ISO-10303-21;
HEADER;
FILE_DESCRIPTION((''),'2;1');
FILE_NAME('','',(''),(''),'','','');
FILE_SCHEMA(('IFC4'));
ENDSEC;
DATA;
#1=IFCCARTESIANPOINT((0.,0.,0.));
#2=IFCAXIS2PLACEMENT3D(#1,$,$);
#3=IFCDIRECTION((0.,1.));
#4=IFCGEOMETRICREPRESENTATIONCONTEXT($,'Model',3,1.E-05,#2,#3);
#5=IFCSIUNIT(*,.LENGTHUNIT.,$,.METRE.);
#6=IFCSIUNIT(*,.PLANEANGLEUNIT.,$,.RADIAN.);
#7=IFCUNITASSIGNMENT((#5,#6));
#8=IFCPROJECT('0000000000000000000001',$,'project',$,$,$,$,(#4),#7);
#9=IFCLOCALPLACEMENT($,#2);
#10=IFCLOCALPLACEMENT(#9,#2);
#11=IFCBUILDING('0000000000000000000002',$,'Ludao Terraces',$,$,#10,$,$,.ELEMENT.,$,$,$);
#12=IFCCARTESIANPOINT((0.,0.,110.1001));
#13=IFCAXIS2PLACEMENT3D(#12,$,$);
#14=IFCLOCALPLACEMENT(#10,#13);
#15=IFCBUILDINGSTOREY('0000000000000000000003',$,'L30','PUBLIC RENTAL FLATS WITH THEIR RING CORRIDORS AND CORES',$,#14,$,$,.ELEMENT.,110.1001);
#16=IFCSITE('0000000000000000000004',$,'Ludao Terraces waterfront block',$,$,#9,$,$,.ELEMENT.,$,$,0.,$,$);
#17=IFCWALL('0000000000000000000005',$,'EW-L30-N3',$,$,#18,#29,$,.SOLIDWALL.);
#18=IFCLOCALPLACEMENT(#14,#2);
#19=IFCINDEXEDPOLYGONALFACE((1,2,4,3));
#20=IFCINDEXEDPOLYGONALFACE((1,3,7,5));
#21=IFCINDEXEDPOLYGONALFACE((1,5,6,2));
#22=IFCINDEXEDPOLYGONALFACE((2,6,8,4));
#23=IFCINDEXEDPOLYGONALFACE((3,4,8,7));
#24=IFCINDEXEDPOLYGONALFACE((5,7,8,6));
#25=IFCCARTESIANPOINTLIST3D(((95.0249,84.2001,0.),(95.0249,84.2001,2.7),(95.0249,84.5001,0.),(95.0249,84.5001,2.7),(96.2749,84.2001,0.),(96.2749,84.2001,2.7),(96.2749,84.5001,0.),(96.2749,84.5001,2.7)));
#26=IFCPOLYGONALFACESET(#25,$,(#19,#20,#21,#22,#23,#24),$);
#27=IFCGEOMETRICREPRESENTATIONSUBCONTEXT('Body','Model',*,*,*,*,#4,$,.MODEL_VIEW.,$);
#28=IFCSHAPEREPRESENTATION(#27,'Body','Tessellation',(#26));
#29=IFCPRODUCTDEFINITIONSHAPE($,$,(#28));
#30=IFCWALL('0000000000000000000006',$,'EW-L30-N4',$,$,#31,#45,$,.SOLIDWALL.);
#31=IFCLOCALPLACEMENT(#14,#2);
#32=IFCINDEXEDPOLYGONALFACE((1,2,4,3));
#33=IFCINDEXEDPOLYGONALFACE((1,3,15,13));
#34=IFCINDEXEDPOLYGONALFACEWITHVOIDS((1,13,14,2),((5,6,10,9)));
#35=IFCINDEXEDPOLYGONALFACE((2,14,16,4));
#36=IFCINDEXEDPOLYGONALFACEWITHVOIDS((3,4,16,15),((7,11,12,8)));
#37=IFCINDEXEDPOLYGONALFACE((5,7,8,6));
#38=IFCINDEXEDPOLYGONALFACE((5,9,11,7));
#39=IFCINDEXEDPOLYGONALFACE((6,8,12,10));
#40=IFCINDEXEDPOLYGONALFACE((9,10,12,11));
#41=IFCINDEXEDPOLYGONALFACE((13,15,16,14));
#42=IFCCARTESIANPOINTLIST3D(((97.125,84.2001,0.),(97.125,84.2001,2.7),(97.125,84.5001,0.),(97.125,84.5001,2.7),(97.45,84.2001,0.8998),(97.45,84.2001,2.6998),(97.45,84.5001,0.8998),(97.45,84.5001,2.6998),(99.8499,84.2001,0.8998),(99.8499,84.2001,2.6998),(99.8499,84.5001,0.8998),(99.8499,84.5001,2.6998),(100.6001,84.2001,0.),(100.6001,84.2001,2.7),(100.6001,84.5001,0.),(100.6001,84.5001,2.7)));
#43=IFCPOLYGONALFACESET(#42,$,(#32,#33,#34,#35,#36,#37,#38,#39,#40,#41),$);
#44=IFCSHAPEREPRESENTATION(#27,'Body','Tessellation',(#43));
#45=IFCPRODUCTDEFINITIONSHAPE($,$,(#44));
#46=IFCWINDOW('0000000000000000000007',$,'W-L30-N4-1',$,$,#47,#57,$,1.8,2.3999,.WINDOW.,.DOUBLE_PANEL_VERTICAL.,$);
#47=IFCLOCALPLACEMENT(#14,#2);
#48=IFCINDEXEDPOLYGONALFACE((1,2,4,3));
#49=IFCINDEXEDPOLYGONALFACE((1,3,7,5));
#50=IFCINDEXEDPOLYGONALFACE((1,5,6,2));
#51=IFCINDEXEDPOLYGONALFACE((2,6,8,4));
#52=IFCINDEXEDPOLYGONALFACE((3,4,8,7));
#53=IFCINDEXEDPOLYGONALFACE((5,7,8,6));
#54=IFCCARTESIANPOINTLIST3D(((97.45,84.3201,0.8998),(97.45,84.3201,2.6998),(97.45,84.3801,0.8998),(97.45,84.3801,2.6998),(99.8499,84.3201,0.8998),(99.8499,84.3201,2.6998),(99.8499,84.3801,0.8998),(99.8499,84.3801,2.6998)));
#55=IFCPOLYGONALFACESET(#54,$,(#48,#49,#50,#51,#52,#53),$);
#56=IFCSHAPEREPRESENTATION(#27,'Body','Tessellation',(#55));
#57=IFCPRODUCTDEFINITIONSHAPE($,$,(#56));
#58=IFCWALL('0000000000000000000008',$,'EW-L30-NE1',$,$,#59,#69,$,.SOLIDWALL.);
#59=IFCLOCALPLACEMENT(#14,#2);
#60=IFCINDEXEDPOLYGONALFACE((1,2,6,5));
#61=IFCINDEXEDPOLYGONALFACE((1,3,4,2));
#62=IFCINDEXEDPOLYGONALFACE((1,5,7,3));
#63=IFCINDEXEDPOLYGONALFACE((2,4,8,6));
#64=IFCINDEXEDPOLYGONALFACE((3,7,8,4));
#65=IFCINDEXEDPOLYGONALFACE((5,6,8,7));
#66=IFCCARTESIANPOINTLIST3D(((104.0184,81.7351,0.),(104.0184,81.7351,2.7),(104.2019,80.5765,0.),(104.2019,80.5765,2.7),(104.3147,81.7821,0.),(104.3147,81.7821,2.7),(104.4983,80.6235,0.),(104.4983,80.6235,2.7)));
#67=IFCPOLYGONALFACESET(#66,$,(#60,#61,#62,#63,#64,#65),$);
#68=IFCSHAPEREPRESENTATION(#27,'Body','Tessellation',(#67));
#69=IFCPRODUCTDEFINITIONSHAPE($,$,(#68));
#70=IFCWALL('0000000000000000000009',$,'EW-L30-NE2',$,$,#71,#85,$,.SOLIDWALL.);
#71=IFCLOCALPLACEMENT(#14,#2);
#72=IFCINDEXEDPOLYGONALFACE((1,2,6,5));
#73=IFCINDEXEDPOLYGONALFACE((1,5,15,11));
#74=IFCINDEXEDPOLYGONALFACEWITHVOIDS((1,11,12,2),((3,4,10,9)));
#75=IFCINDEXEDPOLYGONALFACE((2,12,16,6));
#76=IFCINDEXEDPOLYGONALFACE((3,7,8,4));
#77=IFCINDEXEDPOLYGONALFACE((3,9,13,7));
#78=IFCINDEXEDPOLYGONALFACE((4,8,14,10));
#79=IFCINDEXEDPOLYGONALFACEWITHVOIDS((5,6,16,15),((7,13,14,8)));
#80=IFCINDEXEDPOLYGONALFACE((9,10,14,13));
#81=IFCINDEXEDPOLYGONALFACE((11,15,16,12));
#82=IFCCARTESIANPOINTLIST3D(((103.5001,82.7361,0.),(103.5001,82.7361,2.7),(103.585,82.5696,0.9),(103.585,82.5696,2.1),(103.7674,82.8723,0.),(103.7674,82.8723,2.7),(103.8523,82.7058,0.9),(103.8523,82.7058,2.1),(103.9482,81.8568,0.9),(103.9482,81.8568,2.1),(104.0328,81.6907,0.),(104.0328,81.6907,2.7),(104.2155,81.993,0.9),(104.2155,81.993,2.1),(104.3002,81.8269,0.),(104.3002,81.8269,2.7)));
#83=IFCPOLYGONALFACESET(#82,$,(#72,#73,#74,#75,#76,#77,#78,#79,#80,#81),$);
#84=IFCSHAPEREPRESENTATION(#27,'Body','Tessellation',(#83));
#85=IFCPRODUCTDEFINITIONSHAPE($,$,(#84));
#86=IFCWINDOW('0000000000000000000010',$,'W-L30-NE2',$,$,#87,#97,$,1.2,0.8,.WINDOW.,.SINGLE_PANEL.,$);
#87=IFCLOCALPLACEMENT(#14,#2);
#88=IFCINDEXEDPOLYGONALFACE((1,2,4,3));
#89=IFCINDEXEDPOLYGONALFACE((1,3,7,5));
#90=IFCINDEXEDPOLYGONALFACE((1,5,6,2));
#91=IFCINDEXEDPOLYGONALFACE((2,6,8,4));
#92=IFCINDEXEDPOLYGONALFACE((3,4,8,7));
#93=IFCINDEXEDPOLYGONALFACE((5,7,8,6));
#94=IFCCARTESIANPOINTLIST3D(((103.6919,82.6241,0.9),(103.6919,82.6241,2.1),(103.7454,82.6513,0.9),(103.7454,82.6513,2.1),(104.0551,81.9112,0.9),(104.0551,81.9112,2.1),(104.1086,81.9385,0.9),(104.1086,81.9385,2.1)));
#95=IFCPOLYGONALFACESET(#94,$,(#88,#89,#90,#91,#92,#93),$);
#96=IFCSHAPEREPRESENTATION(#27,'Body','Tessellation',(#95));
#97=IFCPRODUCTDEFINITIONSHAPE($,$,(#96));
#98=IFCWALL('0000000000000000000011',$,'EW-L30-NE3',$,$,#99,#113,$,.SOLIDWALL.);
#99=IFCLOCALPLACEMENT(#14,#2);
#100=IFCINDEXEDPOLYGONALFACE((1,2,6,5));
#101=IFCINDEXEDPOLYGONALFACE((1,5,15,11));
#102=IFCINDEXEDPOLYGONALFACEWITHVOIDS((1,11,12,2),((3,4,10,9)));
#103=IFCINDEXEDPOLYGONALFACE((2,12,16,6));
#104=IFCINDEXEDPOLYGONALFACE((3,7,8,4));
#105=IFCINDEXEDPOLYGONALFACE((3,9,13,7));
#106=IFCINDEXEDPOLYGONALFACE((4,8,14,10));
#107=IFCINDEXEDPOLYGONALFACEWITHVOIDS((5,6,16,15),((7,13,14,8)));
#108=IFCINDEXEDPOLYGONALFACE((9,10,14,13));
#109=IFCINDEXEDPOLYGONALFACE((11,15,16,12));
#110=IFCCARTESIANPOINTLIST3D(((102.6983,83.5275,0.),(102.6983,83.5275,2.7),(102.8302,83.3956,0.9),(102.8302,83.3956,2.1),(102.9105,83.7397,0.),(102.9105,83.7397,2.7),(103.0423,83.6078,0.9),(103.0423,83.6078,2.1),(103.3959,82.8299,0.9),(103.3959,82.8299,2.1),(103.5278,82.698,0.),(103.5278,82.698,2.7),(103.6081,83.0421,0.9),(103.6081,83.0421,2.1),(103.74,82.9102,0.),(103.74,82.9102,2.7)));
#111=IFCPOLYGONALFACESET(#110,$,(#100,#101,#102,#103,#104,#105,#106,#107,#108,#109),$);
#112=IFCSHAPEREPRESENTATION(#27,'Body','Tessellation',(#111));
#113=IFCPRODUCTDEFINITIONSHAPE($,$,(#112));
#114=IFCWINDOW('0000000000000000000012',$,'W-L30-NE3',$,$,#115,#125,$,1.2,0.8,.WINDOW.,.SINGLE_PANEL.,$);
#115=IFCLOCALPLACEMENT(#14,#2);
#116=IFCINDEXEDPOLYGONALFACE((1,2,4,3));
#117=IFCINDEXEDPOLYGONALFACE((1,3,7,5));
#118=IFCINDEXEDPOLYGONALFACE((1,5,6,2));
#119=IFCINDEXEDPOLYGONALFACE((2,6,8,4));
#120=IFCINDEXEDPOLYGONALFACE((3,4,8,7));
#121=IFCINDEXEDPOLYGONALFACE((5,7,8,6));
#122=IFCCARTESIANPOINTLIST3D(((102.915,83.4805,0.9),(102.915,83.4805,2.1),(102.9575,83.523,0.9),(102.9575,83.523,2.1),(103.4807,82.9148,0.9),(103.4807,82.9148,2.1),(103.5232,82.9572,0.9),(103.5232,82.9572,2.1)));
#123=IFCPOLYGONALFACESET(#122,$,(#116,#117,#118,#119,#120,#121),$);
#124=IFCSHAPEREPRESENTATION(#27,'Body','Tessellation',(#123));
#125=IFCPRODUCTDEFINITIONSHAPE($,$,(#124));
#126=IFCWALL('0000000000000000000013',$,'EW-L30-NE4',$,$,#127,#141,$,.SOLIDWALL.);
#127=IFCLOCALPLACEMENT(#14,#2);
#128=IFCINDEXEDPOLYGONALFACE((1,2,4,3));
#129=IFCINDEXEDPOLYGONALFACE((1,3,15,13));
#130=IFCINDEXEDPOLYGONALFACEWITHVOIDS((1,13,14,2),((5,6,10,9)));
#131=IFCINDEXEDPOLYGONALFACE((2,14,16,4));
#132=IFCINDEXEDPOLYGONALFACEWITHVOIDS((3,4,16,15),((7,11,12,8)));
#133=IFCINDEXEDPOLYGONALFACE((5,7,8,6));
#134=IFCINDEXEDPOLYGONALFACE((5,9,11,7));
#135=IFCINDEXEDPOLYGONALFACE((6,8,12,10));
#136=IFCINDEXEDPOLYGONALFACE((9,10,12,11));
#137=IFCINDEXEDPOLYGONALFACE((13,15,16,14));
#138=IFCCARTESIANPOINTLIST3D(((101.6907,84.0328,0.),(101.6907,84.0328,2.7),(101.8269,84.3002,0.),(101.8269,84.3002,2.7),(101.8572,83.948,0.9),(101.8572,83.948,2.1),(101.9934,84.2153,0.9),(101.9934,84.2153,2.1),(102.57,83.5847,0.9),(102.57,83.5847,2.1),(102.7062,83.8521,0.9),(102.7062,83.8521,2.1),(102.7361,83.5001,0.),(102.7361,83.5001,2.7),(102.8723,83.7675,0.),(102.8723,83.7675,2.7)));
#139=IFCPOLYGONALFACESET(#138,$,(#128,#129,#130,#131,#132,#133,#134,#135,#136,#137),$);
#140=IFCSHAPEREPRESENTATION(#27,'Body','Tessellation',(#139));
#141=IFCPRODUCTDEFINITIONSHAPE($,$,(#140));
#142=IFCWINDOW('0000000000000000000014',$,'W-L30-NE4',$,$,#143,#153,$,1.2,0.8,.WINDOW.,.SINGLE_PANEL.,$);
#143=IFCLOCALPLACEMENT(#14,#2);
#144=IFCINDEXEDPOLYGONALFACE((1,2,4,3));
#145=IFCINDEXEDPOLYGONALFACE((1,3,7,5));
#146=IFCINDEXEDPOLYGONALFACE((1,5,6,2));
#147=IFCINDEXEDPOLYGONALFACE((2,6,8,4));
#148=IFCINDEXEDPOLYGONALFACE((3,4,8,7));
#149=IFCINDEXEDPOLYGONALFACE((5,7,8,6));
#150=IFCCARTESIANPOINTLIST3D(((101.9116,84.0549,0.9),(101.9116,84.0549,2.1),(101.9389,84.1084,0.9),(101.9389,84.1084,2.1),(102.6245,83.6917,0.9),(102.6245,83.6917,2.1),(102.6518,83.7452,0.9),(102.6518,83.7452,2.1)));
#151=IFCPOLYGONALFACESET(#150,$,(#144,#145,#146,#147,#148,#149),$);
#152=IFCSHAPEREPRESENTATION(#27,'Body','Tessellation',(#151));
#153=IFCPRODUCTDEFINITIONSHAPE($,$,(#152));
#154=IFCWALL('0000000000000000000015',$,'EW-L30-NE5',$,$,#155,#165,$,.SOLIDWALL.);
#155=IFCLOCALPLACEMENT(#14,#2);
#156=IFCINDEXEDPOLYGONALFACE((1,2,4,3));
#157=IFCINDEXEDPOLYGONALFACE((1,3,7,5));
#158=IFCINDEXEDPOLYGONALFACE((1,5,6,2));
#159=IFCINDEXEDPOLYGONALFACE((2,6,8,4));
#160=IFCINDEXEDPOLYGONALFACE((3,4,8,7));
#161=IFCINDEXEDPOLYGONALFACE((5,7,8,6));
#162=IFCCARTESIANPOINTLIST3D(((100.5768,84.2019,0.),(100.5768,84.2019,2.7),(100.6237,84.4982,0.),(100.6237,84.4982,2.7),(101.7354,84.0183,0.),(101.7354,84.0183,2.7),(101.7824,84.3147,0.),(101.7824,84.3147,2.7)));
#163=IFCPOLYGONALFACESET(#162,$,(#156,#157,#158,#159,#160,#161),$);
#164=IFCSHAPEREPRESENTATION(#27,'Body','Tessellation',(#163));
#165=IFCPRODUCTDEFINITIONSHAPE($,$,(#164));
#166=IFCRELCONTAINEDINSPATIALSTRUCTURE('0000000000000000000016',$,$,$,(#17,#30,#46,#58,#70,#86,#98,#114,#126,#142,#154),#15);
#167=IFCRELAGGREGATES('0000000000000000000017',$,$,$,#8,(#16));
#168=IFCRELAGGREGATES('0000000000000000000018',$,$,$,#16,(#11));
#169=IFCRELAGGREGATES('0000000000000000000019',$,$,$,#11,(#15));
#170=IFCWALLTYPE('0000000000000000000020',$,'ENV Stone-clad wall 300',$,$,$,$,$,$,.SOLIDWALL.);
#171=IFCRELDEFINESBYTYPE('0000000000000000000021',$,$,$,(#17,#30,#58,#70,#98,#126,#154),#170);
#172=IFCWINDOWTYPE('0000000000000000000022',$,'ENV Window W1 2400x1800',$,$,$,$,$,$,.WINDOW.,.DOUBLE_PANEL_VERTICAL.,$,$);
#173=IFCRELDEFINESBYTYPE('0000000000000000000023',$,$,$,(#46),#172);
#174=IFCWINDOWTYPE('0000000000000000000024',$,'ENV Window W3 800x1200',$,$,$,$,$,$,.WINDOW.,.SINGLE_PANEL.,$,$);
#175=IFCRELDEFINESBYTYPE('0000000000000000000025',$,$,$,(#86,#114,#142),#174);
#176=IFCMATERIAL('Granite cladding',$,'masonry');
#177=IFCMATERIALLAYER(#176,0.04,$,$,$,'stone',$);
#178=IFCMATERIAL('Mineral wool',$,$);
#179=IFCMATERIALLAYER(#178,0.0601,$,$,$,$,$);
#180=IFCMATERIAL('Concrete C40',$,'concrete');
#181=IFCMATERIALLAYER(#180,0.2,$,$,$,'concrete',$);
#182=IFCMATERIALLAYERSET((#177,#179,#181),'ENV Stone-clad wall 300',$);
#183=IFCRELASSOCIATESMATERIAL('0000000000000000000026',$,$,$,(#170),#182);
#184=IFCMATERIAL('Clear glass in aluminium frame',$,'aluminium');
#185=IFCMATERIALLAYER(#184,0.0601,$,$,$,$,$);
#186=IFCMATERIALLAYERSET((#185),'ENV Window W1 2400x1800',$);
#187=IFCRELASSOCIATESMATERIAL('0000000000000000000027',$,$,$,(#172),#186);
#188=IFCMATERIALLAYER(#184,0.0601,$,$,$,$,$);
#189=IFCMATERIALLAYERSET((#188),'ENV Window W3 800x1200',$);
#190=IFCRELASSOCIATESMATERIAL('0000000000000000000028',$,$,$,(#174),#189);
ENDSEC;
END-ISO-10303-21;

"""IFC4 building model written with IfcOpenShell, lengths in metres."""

from ifc_helpers import new_model, si_unit, direction, frame, frame_2d, origin, place, context, subcontext, project, spatial, rectangle, extrude, material, layer, layer_set, type_object, element, fill, save


model = new_model("IFC4")

# Units and contexts
model_context = context("Model", 3, precision=1e-05, world=origin(), true_north=direction((0.0, 1.0)))
body_context = subcontext(model_context, "Body", "Model", "MODEL_VIEW")
ifc_project = project(units=[si_unit("LENGTHUNIT", "METRE"), si_unit("PLANEANGLEUNIT", "RADIAN")], contexts=[model_context])

# Site, building, storey
site_placement = place(None, origin())
site = spatial("IfcSite", under=ifc_project, at=site_placement, Name="Ludao Terraces waterfront block", CompositionType="ELEMENT", RefElevation=0.0)
building_placement = place(site_placement, origin())
building = spatial("IfcBuilding", under=site, at=building_placement, Name="Ludao Terraces", CompositionType="ELEMENT")
storey_placement = place(building_placement, frame((0.0, 0.0, 110.1001)))
storey = spatial("IfcBuildingStorey", under=building, at=storey_placement, Name="L30", Description="PUBLIC RENTAL FLATS WITH THEIR RING CORRIDORS AND CORES", CompositionType="ELEMENT", Elevation=110.1001)

# Shared definitions
ifc_material_1 = material(Name="Concrete C40", Category="concrete")

# Shared definitions
ifc_material_2 = material(Name="Granite cladding", Category="masonry")
ifc_layer_1 = layer(ifc_material_2, 0.04, Category="stone")
ifc_material_3 = material(Name="Mineral wool")
ifc_layer_2 = layer(ifc_material_3, 0.0601)
ifc_layer_3 = layer(ifc_material_1, 0.2, Category="concrete")
ifc_layer_set_1 = layer_set([ifc_layer_1, ifc_layer_2, ifc_layer_3], Name="ENV Stone-clad wall 300")
wall_type_1 = type_object("IfcWallType", Name="ENV Stone-clad wall 300", PredefinedType="SOLIDWALL", material=ifc_layer_set_1)
ifc_material_4 = material(Name="Clear glass in aluminium frame", Category="aluminium")
ifc_layer_4 = layer(ifc_material_4, 0.0601)
ifc_layer_set_2 = layer_set([ifc_layer_4], Name="ENV Window W1 2400x1800")
window_type_1 = type_object("IfcWindowType", Name="ENV Window W1 2400x1800", PartitioningType="DOUBLE_PANEL_VERTICAL", PredefinedType="WINDOW", material=ifc_layer_set_2)

# Wall
wall_1_placement = place(storey_placement, frame((95.0249, 84.3501, 0.0), z_axis=(0.0, 0.0, 1.0), x_axis=(1.0, 0.0, 0.0)))
element("IfcWall", 1, at=wall_1_placement, inside=storey, type_object=wall_type_1, Name="EW-L30-N3", PredefinedType="SOLIDWALL", context=body_context, shape_type="SweptSolid", body=[
    extrude(rectangle(XDim=1.25, YDim=0.3, at=frame_2d((0.625, 0.0))), origin(), (0.0, 0.0, 1.0), 2.7),
])

# Wall, opening, window
wall_2_placement = place(storey_placement, frame((97.125, 84.3501, 0.0), z_axis=(0.0, 0.0, 1.0), x_axis=(1.0, 0.0, 0.0)))
wall_2 = element("IfcWall", 2, at=wall_2_placement, inside=storey, type_object=wall_type_1, Name="EW-L30-N4", PredefinedType="SOLIDWALL", context=body_context, shape_type="SweptSolid", body=[
    extrude(rectangle(XDim=3.4751, YDim=0.3, at=frame_2d((1.7375, 0.0))), origin(), (0.0, 0.0, 1.0), 2.7),
])
opening_1_placement = place(wall_2_placement, frame((0.325, 0.0, 0.8999)))
opening_1 = element("IfcOpeningElement", 3, at=opening_1_placement, cuts=wall_2, PredefinedType="OPENING", context=body_context, shape_type="SweptSolid", body=[
    extrude(rectangle(XDim=2.3999, YDim=1.8, at=frame_2d((1.2, 0.8999))), frame((0.0, 0.1602, 0.0), z_axis=(0.0, -1.0, 0.0), x_axis=(1.0, 0.0, 0.0)), (0.0, 0.0, 1.0), 0.3201),
])
window_1_placement = place(opening_1_placement, origin())
window_1 = element("IfcWindow", 4, at=window_1_placement, inside=storey, type_object=window_type_1, Name="W-L30-N4-1", OverallHeight=1.8, OverallWidth=2.3999, PartitioningType="DOUBLE_PANEL_VERTICAL", PredefinedType="WINDOW", context=body_context, shape_type="SweptSolid", body=[
    extrude(rectangle(XDim=2.3999, YDim=1.8, at=frame_2d((1.2, 0.8999))), frame((0.0, 0.03, 0.0), z_axis=(0.0, -1.0, 0.0), x_axis=(1.0, 0.0, 0.0)), (0.0, 0.0, 1.0), 0.0601),
])
fill(opening_1, window_1)

# Wall
wall_3_placement = place(storey_placement, frame((104.3501, 80.6001, 0.0), z_axis=(0.0, 0.0, 1.0), x_axis=(-0.156497, 0.987678, 0.0)))
element("IfcWall", 5, at=wall_3_placement, inside=storey, type_object=wall_type_1, Name="EW-L30-NE1", PredefinedType="SOLIDWALL", context=body_context, shape_type="SweptSolid", body=[
    extrude(rectangle(XDim=1.1731, YDim=0.3, at=frame_2d((0.5864, 0.0))), origin(), (0.0, 0.0, 1.0), 2.7),
])

# Walls, openings, windows
wall_4_placement = place(storey_placement, frame((104.1665, 81.7588, 0.0), z_axis=(0.0, 0.0, 1.0), x_axis=(-0.454026, 0.890989, 0.0)))
wall_4 = element("IfcWall", 6, at=wall_4_placement, inside=storey, type_object=wall_type_1, Name="EW-L30-NE2", PredefinedType="SOLIDWALL", context=body_context, shape_type="SweptSolid", body=[
    extrude(rectangle(XDim=1.1733, YDim=0.3, at=frame_2d((0.5867, 0.0))), origin(), (0.0, 0.0, 1.0), 2.7),
])
opening_2_placement = place(wall_4_placement, frame((0.1865, 0.0, 0.8999)))
opening_2 = element("IfcOpeningElement", 7, at=opening_2_placement, cuts=wall_4, PredefinedType="OPENING", context=body_context, shape_type="SweptSolid", body=[
    extrude(rectangle(XDim=0.8, YDim=1.2, at=frame_2d((0.3999, 0.6001))), frame((0.0, 0.1602, 0.0), z_axis=(0.0, -1.0, 0.0), x_axis=(1.0, 0.0, 0.0)), (0.0, 0.0, 1.0), 0.3201),
])
ifc_layer_5 = layer(ifc_material_4, 0.0601)
ifc_layer_set_3 = layer_set([ifc_layer_5], Name="ENV Window W3 800x1200")
window_type_2 = type_object("IfcWindowType", Name="ENV Window W3 800x1200", PartitioningType="SINGLE_PANEL", PredefinedType="WINDOW", material=ifc_layer_set_3)
window_2_placement = place(opening_2_placement, origin())
window_2 = element("IfcWindow", 8, at=window_2_placement, inside=storey, type_object=window_type_2, Name="W-L30-NE2", OverallHeight=1.2, OverallWidth=0.8, PartitioningType="SINGLE_PANEL", PredefinedType="WINDOW", context=body_context, shape_type="SweptSolid", body=[
    extrude(rectangle(XDim=0.8, YDim=1.2, at=frame_2d((0.3999, 0.6001))), frame((0.0, 0.03, 0.0), z_axis=(0.0, -1.0, 0.0), x_axis=(1.0, 0.0, 0.0)), (0.0, 0.0, 1.0), 0.0601),
])
fill(opening_2, window_2)
wall_5_placement = place(storey_placement, frame((103.6338, 82.8042, 0.0), z_axis=(0.0, 0.0, 1.0), x_axis=(-0.707107, 0.707107, 0.0)))
wall_5 = element("IfcWall", 9, at=wall_5_placement, inside=storey, type_object=wall_type_1, Name="EW-L30-NE3", PredefinedType="SOLIDWALL", context=body_context, shape_type="SweptSolid", body=[
    extrude(rectangle(XDim=1.1731, YDim=0.3, at=frame_2d((0.5864, 0.0))), origin(), (0.0, 0.0, 1.0), 2.7),
])
opening_3_placement = place(wall_5_placement, frame((0.1865, 0.0, 0.8999)))
opening_3 = element("IfcOpeningElement", 10, at=opening_3_placement, cuts=wall_5, PredefinedType="OPENING", context=body_context, shape_type="SweptSolid", body=[
    extrude(rectangle(XDim=0.8, YDim=1.2, at=frame_2d((0.3999, 0.6001))), frame((0.0, 0.1602, 0.0), z_axis=(0.0, -1.0, 0.0), x_axis=(1.0, 0.0, 0.0)), (0.0, 0.0, 1.0), 0.3201),
])
window_3_placement = place(opening_3_placement, origin())
window_3 = element("IfcWindow", 11, at=window_3_placement, inside=storey, type_object=window_type_2, Name="W-L30-NE3", OverallHeight=1.2, OverallWidth=0.8, PartitioningType="SINGLE_PANEL", PredefinedType="WINDOW", context=body_context, shape_type="SweptSolid", body=[
    extrude(rectangle(XDim=0.8, YDim=1.2, at=frame_2d((0.3999, 0.6001))), frame((0.0, 0.03, 0.0), z_axis=(0.0, -1.0, 0.0), x_axis=(1.0, 0.0, 0.0)), (0.0, 0.0, 1.0), 0.0601),
])
fill(opening_3, window_3)
wall_6_placement = place(storey_placement, frame((102.8042, 83.6338, 0.0), z_axis=(0.0, 0.0, 1.0), x_axis=(-0.890989, 0.454026, 0.0)))
wall_6 = element("IfcWall", 12, at=wall_6_placement, inside=storey, type_object=wall_type_1, Name="EW-L30-NE4", PredefinedType="SOLIDWALL", context=body_context, shape_type="SweptSolid", body=[
    extrude(rectangle(XDim=1.1733, YDim=0.3, at=frame_2d((0.5867, 0.0))), origin(), (0.0, 0.0, 1.0), 2.7),
])
opening_4_placement = place(wall_6_placement, frame((0.1865, 0.0, 0.8999)))
opening_4 = element("IfcOpeningElement", 13, at=opening_4_placement, cuts=wall_6, PredefinedType="OPENING", context=body_context, shape_type="SweptSolid", body=[
    extrude(rectangle(XDim=0.8, YDim=1.2, at=frame_2d((0.3999, 0.6001))), frame((0.0, 0.1602, 0.0), z_axis=(0.0, -1.0, 0.0), x_axis=(1.0, 0.0, 0.0)), (0.0, 0.0, 1.0), 0.3201),
])
window_4_placement = place(opening_4_placement, origin())
window_4 = element("IfcWindow", 14, at=window_4_placement, inside=storey, type_object=window_type_2, Name="W-L30-NE4", OverallHeight=1.2, OverallWidth=0.8, PartitioningType="SINGLE_PANEL", PredefinedType="WINDOW", context=body_context, shape_type="SweptSolid", body=[
    extrude(rectangle(XDim=0.8, YDim=1.2, at=frame_2d((0.3999, 0.6001))), frame((0.0, 0.03, 0.0), z_axis=(0.0, -1.0, 0.0), x_axis=(1.0, 0.0, 0.0)), (0.0, 0.0, 1.0), 0.0601),
])
fill(opening_4, window_4)

# Wall
wall_7_placement = place(storey_placement, frame((101.7588, 84.1665, 0.0), z_axis=(0.0, 0.0, 1.0), x_axis=(-0.987678, 0.156497, 0.0)))
element("IfcWall", 15, at=wall_7_placement, inside=storey, type_object=wall_type_1, Name="EW-L30-NE5", PredefinedType="SOLIDWALL", context=body_context, shape_type="SweptSolid", body=[
    extrude(rectangle(XDim=1.1731, YDim=0.3, at=frame_2d((0.5864, 0.0))), origin(), (0.0, 0.0, 1.0), 2.7),
])

save(model, "model.ifc")
